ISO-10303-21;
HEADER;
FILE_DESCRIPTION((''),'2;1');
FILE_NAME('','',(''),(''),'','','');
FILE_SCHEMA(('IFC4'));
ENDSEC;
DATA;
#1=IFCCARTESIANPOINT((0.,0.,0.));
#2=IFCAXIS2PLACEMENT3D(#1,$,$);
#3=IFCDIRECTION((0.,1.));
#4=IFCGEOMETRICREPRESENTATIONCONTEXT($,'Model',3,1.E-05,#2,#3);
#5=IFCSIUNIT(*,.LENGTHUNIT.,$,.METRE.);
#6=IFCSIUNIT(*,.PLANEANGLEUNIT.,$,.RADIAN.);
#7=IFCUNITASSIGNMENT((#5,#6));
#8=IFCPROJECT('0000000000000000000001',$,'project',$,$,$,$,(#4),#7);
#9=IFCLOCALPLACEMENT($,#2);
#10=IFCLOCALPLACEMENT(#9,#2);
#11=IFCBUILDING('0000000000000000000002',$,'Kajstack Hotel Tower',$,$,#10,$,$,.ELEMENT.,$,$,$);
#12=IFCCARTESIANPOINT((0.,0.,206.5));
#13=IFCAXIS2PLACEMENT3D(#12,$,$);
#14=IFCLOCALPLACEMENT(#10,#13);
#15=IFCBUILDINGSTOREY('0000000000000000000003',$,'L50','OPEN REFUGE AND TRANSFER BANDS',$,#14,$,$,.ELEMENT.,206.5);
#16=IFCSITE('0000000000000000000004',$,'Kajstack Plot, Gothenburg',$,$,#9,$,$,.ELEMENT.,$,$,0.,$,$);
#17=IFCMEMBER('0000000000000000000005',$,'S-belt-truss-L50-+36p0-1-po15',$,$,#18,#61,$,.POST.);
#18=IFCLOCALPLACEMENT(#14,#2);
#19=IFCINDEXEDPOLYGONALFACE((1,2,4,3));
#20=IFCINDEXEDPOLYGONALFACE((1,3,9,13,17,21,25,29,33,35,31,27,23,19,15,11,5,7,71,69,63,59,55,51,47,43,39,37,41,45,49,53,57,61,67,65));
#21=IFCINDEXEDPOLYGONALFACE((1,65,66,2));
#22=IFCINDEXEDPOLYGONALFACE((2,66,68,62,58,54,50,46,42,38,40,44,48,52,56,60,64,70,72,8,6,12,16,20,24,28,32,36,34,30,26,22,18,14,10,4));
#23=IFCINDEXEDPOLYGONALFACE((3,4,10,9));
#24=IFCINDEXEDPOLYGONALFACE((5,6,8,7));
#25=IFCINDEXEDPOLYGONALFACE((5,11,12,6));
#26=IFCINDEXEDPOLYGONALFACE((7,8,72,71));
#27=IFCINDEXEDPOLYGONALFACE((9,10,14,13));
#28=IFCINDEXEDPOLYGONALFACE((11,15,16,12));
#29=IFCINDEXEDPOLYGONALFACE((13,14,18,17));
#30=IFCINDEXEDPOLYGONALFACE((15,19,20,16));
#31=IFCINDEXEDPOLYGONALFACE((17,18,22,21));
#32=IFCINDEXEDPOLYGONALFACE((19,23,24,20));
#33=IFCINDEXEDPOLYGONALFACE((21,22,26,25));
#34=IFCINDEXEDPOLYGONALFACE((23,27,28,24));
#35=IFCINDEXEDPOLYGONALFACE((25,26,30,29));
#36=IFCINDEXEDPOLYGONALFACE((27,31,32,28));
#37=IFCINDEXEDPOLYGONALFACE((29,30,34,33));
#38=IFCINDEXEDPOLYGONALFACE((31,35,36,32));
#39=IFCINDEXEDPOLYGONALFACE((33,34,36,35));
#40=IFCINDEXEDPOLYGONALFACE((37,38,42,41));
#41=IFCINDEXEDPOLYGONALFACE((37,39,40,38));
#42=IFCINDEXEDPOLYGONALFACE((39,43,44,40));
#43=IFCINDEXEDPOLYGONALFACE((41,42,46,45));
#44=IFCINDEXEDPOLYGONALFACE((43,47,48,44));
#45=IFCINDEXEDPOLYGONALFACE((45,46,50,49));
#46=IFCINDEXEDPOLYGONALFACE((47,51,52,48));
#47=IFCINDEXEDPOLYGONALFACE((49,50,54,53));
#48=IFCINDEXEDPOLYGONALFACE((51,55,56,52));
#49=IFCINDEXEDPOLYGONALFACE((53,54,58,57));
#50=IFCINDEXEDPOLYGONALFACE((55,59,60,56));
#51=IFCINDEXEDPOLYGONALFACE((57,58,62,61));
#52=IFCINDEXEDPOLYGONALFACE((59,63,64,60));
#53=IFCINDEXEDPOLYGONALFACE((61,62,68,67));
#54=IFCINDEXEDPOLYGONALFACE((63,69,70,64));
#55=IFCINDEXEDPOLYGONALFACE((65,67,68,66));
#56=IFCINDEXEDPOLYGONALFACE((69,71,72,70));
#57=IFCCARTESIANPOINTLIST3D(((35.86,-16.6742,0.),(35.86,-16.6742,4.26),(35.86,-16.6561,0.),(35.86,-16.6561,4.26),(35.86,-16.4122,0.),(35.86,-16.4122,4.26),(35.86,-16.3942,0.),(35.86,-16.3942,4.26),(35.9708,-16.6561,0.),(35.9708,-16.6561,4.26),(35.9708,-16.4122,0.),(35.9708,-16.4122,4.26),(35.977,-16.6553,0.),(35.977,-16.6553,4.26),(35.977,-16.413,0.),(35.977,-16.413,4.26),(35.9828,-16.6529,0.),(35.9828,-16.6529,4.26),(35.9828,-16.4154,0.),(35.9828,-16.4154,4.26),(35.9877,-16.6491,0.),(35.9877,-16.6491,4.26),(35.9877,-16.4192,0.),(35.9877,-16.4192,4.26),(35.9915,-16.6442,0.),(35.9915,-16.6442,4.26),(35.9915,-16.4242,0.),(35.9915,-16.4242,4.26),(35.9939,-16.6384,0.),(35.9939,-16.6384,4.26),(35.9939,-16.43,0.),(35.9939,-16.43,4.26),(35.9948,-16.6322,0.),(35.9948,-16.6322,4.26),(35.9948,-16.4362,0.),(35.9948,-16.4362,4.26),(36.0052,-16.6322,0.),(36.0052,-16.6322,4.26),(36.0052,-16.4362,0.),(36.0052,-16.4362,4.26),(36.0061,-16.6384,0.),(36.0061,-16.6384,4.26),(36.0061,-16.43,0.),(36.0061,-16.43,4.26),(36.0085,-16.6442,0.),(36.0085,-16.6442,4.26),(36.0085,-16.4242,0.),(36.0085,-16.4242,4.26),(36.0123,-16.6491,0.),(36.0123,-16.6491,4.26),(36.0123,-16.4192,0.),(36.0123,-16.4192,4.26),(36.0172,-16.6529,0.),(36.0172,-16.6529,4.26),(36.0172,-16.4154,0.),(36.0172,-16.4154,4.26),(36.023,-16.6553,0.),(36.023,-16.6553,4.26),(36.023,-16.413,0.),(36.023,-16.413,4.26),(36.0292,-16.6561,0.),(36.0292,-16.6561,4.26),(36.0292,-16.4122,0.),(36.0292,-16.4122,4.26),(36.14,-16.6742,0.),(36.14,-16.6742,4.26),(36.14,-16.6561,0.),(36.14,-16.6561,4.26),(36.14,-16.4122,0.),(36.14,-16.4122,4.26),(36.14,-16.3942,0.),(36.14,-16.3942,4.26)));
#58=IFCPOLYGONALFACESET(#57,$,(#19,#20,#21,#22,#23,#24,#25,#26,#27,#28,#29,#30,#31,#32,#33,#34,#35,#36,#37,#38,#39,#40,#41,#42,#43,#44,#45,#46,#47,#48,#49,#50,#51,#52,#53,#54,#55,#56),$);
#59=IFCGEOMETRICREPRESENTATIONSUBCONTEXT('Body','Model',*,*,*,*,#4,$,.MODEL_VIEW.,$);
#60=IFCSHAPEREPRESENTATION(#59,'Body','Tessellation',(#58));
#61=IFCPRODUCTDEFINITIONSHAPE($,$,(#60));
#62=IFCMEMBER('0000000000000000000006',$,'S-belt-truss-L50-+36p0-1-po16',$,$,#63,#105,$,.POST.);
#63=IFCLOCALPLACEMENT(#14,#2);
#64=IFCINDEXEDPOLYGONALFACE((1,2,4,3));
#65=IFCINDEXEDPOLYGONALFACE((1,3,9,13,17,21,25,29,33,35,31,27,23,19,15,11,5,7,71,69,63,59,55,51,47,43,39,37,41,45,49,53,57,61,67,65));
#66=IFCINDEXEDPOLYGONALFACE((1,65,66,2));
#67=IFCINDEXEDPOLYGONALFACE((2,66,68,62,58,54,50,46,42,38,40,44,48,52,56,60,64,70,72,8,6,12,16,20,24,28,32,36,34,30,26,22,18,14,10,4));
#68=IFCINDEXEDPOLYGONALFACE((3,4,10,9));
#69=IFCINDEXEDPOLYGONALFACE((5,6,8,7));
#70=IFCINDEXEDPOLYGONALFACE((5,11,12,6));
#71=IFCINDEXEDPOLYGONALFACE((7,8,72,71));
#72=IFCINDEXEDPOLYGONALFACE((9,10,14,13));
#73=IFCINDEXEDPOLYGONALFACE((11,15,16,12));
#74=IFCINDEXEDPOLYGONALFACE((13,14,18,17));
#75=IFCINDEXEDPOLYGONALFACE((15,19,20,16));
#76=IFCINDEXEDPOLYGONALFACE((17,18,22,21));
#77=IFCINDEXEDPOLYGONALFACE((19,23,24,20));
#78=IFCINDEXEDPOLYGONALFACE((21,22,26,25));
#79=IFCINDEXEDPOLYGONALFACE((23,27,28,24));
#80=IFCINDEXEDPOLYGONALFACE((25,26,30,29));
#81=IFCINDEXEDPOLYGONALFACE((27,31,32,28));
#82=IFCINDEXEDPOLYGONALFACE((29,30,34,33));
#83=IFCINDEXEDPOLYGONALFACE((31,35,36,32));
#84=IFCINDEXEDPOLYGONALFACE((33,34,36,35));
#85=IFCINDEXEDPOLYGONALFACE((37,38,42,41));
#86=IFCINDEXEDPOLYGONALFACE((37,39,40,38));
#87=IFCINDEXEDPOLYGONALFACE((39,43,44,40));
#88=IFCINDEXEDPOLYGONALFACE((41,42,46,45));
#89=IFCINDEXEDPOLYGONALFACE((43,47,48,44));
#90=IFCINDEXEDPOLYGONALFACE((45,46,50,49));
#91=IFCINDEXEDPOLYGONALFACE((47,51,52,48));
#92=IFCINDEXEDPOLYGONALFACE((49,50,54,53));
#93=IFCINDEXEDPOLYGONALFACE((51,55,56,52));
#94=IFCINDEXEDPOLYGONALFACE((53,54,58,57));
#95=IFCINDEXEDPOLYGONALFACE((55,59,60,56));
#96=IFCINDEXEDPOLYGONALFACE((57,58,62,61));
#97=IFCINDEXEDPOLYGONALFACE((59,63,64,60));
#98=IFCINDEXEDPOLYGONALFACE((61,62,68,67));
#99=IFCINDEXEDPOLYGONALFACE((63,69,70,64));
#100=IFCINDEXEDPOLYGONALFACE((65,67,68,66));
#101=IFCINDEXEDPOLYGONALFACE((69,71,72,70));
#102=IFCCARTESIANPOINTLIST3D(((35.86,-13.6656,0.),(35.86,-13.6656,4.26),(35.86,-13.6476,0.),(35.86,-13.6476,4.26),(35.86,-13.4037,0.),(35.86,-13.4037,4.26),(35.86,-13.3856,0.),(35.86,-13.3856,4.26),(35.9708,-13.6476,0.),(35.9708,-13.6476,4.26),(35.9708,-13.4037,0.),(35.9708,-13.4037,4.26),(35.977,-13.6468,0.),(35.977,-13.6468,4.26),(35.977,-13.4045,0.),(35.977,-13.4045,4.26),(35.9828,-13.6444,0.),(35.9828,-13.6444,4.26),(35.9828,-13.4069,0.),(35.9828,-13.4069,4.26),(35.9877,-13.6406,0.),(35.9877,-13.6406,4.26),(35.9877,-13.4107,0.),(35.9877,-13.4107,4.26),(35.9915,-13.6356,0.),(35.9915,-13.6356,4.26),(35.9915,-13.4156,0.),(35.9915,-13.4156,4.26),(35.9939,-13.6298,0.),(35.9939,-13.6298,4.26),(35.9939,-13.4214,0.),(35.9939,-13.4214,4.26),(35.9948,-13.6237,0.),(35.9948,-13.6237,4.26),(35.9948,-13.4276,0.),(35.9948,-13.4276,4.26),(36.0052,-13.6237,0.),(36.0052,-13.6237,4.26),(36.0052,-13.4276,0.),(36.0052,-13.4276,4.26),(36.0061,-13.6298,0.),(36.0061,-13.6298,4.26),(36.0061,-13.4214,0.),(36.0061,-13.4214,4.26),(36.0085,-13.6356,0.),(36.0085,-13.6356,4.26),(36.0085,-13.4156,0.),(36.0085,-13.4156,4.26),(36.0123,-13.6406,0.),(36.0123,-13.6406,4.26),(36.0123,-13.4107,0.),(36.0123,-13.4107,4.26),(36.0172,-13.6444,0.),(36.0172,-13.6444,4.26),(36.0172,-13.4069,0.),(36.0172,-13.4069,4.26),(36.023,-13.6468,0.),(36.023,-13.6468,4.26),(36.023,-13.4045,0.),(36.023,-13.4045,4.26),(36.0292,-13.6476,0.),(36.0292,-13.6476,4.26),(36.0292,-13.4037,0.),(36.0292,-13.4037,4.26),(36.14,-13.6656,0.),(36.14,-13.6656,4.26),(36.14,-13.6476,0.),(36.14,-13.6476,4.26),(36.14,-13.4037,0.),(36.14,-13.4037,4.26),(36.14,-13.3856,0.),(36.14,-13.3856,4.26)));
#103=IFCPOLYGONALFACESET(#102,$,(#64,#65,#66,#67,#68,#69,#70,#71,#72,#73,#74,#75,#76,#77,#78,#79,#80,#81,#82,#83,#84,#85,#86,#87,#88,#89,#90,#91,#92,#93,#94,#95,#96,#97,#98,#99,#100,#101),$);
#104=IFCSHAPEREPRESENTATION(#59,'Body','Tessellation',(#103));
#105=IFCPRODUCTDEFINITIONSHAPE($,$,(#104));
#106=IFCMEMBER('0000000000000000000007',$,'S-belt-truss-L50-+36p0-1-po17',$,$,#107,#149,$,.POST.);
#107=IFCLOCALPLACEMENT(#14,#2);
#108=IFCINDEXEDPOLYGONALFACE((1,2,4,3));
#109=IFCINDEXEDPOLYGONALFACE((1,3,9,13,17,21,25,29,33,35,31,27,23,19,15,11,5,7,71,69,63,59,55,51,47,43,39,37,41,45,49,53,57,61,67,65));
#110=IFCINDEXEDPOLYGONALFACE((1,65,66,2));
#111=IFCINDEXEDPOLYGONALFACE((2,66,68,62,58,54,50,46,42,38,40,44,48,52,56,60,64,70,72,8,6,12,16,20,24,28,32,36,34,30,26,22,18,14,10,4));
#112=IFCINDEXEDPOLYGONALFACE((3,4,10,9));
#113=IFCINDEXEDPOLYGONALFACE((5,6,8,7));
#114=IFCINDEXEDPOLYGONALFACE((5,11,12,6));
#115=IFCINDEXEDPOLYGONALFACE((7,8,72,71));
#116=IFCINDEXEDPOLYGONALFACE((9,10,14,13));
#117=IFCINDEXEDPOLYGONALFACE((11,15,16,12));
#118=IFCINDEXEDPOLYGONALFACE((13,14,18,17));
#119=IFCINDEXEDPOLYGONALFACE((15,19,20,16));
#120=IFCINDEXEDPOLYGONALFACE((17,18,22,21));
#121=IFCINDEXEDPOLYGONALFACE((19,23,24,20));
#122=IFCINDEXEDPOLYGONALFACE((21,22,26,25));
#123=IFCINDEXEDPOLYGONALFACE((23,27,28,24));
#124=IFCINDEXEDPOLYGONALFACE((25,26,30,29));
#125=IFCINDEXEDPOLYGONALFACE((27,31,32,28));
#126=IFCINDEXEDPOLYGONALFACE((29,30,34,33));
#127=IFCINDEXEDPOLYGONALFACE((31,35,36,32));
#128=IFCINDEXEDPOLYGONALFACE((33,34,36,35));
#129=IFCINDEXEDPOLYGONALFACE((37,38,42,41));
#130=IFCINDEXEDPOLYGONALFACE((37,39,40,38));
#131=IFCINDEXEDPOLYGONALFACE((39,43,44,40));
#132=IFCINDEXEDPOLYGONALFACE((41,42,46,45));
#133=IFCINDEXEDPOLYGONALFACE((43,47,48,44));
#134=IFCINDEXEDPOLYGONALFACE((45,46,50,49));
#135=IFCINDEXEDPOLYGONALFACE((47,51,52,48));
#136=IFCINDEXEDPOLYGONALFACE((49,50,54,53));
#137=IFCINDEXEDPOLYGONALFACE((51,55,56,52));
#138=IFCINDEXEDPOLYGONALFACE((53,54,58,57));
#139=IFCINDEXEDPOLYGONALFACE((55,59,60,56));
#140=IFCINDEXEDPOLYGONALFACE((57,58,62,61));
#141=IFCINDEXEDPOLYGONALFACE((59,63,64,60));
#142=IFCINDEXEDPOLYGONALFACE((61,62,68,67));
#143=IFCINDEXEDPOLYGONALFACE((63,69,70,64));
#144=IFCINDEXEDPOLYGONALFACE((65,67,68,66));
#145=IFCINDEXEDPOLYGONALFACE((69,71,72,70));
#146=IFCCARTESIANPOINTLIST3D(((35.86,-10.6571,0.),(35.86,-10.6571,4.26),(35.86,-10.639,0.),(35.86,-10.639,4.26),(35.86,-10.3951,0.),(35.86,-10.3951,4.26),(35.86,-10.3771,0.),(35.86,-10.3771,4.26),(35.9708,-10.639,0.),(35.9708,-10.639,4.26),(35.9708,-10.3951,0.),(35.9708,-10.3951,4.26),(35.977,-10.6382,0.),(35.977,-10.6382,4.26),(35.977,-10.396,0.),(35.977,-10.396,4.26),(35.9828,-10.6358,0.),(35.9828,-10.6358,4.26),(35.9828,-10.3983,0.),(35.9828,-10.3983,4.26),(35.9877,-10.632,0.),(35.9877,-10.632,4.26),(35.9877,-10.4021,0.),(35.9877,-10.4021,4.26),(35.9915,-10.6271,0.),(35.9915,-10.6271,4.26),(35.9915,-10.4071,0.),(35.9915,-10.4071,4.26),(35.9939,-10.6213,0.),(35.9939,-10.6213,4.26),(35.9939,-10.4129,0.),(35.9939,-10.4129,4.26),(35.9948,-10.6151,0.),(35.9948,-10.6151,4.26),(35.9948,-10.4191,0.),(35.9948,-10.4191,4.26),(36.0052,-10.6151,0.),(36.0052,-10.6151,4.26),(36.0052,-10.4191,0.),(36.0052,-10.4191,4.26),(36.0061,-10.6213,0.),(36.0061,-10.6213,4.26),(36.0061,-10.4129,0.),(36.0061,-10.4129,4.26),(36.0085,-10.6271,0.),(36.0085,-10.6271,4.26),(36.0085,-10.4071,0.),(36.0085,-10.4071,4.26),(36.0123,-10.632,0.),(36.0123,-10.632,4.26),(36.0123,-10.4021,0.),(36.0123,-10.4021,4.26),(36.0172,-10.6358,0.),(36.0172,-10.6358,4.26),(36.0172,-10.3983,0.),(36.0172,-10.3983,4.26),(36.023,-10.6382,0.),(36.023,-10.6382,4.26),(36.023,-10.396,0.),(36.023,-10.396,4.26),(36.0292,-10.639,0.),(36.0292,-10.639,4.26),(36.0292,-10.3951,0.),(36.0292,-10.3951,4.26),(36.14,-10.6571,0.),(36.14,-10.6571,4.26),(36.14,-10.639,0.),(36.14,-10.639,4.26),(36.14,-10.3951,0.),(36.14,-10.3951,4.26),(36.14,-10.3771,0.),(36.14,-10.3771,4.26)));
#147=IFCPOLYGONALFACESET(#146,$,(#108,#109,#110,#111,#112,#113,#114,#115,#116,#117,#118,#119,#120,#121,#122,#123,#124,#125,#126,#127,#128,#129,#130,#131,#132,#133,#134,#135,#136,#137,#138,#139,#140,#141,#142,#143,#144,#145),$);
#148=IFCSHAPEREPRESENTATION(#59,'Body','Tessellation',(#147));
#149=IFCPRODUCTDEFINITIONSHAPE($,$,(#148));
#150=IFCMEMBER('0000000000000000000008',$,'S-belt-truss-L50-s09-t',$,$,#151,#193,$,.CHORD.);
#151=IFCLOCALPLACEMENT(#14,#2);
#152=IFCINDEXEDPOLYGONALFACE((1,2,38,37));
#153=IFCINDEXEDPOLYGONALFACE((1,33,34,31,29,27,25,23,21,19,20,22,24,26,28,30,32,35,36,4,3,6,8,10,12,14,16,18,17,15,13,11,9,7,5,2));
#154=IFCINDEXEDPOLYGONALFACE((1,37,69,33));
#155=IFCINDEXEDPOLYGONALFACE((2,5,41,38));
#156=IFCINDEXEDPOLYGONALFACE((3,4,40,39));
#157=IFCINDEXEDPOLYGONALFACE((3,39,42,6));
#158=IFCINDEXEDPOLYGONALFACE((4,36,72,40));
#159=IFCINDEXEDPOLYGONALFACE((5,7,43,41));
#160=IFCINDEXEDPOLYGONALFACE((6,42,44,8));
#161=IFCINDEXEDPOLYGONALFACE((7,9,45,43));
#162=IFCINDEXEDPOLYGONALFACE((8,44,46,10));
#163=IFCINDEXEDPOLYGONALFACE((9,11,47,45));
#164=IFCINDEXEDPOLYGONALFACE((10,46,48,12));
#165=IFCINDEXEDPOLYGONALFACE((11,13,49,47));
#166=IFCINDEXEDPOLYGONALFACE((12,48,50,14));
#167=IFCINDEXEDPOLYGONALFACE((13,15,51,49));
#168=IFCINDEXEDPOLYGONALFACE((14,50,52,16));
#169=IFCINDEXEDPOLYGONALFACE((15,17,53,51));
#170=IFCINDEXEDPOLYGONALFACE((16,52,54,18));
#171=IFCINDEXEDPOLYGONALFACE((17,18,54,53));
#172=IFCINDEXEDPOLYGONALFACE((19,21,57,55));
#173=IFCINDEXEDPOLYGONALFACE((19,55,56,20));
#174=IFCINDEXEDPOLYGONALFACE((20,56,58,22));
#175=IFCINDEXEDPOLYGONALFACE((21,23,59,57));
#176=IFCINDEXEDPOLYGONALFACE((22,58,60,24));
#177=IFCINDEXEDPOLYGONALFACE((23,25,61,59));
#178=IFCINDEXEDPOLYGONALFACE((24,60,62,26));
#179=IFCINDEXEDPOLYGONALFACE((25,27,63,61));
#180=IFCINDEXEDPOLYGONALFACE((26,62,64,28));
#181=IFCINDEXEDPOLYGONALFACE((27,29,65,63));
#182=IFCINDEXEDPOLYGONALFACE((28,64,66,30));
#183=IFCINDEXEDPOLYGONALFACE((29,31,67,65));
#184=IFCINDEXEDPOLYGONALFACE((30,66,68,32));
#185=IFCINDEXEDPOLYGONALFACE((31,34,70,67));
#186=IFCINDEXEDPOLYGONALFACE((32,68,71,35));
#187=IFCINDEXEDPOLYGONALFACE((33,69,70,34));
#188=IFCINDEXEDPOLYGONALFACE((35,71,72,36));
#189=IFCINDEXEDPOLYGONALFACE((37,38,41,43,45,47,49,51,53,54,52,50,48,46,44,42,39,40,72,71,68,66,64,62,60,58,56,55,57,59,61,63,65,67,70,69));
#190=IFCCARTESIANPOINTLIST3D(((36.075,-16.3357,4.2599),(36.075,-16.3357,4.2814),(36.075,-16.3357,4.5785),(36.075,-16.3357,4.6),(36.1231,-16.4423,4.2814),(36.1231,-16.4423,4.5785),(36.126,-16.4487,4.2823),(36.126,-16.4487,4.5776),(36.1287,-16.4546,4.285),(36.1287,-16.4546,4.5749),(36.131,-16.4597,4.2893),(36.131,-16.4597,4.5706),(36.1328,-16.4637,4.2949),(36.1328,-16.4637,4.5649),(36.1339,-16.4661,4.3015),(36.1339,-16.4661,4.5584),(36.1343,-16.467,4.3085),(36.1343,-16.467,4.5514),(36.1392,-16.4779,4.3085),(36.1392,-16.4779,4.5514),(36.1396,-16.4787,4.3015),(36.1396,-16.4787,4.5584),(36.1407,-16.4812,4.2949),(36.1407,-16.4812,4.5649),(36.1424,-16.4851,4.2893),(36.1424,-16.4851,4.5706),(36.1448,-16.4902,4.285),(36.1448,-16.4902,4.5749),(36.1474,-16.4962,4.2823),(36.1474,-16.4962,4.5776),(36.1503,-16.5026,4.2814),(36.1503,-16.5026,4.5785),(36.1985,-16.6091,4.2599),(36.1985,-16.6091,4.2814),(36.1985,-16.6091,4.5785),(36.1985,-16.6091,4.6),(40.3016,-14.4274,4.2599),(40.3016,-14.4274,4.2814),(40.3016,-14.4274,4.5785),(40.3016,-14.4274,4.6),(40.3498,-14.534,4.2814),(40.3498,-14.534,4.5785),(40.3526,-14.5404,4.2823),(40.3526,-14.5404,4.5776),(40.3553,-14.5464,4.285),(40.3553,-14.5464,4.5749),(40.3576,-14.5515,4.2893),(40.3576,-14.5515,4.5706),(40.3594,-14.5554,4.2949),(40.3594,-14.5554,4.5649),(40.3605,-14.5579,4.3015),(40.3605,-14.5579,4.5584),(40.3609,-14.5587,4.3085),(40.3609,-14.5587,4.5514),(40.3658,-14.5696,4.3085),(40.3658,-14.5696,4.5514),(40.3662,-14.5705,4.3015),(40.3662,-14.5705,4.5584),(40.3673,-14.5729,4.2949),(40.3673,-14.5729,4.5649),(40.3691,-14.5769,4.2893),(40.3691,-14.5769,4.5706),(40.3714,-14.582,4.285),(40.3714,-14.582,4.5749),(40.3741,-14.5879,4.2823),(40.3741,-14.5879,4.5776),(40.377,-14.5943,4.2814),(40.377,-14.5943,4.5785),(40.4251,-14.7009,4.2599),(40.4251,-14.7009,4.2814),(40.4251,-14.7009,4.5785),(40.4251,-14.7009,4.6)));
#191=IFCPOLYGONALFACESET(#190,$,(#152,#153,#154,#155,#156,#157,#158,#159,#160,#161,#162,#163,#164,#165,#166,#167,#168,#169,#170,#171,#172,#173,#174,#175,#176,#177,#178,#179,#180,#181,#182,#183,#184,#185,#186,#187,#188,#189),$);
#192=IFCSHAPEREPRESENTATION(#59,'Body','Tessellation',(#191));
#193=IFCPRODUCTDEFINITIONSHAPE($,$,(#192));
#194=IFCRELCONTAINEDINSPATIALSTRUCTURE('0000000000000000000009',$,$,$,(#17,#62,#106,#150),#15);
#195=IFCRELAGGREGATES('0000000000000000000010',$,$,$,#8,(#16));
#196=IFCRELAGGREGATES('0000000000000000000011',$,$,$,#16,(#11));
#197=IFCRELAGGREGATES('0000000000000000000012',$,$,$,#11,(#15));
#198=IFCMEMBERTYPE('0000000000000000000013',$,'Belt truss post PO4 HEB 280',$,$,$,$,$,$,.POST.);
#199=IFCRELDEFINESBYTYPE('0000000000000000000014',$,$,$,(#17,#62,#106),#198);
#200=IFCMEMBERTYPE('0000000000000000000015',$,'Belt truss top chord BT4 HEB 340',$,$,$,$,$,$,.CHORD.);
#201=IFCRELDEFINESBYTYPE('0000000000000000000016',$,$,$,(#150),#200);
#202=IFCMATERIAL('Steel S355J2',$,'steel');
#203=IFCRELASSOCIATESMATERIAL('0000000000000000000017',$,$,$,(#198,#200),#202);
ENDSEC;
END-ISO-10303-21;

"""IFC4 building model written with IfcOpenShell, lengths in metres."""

from ifc_helpers import new_model, si_unit, direction, frame, origin, origin_2d, place, context, subcontext, project, spatial, i_section, extrude, material, material_profile, profile_set, type_object, element, save


model = new_model("IFC4")

# Units and contexts
model_context = context("Model", 3, precision=1e-05, world=origin(), true_north=direction((0.0, 1.0)))
body_context = subcontext(model_context, "Body", "Model", "MODEL_VIEW")
ifc_project = project(units=[si_unit("LENGTHUNIT", "METRE"), si_unit("PLANEANGLEUNIT", "RADIAN")], contexts=[model_context])

# Site, building, storey
site_placement = place(None, origin())
site = spatial("IfcSite", under=ifc_project, at=site_placement, Name="Kajstack Plot, Gothenburg", CompositionType="ELEMENT", RefElevation=0.0)
building_placement = place(site_placement, origin())
building = spatial("IfcBuilding", under=site, at=building_placement, Name="Kajstack Hotel Tower", CompositionType="ELEMENT")
storey_placement = place(building_placement, frame((0.0, 0.0, 206.5)))
storey = spatial("IfcBuildingStorey", under=building, at=storey_placement, Name="L50", Description="OPEN REFUGE AND TRANSFER BANDS", CompositionType="ELEMENT", Elevation=206.5)

# Members
ifc_material = material(Name="Steel S355J2", Category="steel")
ifc_material_profile_1 = material_profile(ifc_material, i_section(OverallWidth=0.28, OverallDepth=0.28, WebThickness=0.0105, FlangeThickness=0.0181, FilletRadius=0.0239, at=origin_2d()), Name="HEB 280")
ifc_profile_set_1 = profile_set([ifc_material_profile_1], Name="Steel S355J2")
member_type_1 = type_object("IfcMemberType", Name="Belt truss post PO4 HEB 280", PredefinedType="POST", material=ifc_profile_set_1)
for number, where, z_axis, x_axis, name in (
    (1, (36.0, -16.5342, 0.0), (0.0, 0.0, 1.0), (1.0, 0.0, 0.0), "S-belt-truss-L50-+36p0-1-po15"),
    (2, (36.0, -13.5256, 0.0), (0.0, 0.0, 1.0), (1.0, 0.0, 0.0), "S-belt-truss-L50-+36p0-1-po16"),
    (3, (36.0, -10.5171, 0.0), (0.0, 0.0, 1.0), (1.0, 0.0, 0.0), "S-belt-truss-L50-+36p0-1-po17"),
):
    element("IfcMember", number, at=place(storey_placement, frame(where, z_axis=z_axis, x_axis=x_axis)), inside=storey, type_object=member_type_1, Name=name, PredefinedType="POST", context=body_context, shape_type="SweptSolid", body=[
        extrude(i_section(OverallWidth=0.28, OverallDepth=0.28, WebThickness=0.0105, FlangeThickness=0.0181, FilletRadius=0.0239, at=origin_2d()), origin(), (0.0, 0.0, 1.0), 4.26),
    ])
ifc_material_profile_2 = material_profile(ifc_material, i_section(OverallWidth=0.3, OverallDepth=0.3401, WebThickness=0.012, FlangeThickness=0.0215, FilletRadius=0.0271, at=origin_2d()), Name="HEB 340")
ifc_profile_set_2 = profile_set([ifc_material_profile_2], Name="Steel S355J2")
member_type_2 = type_object("IfcMemberType", Name="Belt truss top chord BT4 HEB 340", PredefinedType="CHORD", material=ifc_profile_set_2)
member_1_placement = place(storey_placement, frame((36.1367, -16.4724, 4.4299), z_axis=(0.911416, 0.411485, 0.0), x_axis=(-0.411485, 0.911416, 0.0)))
element("IfcMember", 4, at=member_1_placement, inside=storey, type_object=member_type_2, Name="S-belt-truss-L50-s09-t", PredefinedType="CHORD", context=body_context, shape_type="SweptSolid", body=[
    extrude(i_section(OverallWidth=0.3, OverallDepth=0.3401, WebThickness=0.012, FlangeThickness=0.0215, FilletRadius=0.0271, at=origin_2d()), origin(), (0.0, 0.0, 1.0), 4.6375),
])

save(model, "model.ifc")
